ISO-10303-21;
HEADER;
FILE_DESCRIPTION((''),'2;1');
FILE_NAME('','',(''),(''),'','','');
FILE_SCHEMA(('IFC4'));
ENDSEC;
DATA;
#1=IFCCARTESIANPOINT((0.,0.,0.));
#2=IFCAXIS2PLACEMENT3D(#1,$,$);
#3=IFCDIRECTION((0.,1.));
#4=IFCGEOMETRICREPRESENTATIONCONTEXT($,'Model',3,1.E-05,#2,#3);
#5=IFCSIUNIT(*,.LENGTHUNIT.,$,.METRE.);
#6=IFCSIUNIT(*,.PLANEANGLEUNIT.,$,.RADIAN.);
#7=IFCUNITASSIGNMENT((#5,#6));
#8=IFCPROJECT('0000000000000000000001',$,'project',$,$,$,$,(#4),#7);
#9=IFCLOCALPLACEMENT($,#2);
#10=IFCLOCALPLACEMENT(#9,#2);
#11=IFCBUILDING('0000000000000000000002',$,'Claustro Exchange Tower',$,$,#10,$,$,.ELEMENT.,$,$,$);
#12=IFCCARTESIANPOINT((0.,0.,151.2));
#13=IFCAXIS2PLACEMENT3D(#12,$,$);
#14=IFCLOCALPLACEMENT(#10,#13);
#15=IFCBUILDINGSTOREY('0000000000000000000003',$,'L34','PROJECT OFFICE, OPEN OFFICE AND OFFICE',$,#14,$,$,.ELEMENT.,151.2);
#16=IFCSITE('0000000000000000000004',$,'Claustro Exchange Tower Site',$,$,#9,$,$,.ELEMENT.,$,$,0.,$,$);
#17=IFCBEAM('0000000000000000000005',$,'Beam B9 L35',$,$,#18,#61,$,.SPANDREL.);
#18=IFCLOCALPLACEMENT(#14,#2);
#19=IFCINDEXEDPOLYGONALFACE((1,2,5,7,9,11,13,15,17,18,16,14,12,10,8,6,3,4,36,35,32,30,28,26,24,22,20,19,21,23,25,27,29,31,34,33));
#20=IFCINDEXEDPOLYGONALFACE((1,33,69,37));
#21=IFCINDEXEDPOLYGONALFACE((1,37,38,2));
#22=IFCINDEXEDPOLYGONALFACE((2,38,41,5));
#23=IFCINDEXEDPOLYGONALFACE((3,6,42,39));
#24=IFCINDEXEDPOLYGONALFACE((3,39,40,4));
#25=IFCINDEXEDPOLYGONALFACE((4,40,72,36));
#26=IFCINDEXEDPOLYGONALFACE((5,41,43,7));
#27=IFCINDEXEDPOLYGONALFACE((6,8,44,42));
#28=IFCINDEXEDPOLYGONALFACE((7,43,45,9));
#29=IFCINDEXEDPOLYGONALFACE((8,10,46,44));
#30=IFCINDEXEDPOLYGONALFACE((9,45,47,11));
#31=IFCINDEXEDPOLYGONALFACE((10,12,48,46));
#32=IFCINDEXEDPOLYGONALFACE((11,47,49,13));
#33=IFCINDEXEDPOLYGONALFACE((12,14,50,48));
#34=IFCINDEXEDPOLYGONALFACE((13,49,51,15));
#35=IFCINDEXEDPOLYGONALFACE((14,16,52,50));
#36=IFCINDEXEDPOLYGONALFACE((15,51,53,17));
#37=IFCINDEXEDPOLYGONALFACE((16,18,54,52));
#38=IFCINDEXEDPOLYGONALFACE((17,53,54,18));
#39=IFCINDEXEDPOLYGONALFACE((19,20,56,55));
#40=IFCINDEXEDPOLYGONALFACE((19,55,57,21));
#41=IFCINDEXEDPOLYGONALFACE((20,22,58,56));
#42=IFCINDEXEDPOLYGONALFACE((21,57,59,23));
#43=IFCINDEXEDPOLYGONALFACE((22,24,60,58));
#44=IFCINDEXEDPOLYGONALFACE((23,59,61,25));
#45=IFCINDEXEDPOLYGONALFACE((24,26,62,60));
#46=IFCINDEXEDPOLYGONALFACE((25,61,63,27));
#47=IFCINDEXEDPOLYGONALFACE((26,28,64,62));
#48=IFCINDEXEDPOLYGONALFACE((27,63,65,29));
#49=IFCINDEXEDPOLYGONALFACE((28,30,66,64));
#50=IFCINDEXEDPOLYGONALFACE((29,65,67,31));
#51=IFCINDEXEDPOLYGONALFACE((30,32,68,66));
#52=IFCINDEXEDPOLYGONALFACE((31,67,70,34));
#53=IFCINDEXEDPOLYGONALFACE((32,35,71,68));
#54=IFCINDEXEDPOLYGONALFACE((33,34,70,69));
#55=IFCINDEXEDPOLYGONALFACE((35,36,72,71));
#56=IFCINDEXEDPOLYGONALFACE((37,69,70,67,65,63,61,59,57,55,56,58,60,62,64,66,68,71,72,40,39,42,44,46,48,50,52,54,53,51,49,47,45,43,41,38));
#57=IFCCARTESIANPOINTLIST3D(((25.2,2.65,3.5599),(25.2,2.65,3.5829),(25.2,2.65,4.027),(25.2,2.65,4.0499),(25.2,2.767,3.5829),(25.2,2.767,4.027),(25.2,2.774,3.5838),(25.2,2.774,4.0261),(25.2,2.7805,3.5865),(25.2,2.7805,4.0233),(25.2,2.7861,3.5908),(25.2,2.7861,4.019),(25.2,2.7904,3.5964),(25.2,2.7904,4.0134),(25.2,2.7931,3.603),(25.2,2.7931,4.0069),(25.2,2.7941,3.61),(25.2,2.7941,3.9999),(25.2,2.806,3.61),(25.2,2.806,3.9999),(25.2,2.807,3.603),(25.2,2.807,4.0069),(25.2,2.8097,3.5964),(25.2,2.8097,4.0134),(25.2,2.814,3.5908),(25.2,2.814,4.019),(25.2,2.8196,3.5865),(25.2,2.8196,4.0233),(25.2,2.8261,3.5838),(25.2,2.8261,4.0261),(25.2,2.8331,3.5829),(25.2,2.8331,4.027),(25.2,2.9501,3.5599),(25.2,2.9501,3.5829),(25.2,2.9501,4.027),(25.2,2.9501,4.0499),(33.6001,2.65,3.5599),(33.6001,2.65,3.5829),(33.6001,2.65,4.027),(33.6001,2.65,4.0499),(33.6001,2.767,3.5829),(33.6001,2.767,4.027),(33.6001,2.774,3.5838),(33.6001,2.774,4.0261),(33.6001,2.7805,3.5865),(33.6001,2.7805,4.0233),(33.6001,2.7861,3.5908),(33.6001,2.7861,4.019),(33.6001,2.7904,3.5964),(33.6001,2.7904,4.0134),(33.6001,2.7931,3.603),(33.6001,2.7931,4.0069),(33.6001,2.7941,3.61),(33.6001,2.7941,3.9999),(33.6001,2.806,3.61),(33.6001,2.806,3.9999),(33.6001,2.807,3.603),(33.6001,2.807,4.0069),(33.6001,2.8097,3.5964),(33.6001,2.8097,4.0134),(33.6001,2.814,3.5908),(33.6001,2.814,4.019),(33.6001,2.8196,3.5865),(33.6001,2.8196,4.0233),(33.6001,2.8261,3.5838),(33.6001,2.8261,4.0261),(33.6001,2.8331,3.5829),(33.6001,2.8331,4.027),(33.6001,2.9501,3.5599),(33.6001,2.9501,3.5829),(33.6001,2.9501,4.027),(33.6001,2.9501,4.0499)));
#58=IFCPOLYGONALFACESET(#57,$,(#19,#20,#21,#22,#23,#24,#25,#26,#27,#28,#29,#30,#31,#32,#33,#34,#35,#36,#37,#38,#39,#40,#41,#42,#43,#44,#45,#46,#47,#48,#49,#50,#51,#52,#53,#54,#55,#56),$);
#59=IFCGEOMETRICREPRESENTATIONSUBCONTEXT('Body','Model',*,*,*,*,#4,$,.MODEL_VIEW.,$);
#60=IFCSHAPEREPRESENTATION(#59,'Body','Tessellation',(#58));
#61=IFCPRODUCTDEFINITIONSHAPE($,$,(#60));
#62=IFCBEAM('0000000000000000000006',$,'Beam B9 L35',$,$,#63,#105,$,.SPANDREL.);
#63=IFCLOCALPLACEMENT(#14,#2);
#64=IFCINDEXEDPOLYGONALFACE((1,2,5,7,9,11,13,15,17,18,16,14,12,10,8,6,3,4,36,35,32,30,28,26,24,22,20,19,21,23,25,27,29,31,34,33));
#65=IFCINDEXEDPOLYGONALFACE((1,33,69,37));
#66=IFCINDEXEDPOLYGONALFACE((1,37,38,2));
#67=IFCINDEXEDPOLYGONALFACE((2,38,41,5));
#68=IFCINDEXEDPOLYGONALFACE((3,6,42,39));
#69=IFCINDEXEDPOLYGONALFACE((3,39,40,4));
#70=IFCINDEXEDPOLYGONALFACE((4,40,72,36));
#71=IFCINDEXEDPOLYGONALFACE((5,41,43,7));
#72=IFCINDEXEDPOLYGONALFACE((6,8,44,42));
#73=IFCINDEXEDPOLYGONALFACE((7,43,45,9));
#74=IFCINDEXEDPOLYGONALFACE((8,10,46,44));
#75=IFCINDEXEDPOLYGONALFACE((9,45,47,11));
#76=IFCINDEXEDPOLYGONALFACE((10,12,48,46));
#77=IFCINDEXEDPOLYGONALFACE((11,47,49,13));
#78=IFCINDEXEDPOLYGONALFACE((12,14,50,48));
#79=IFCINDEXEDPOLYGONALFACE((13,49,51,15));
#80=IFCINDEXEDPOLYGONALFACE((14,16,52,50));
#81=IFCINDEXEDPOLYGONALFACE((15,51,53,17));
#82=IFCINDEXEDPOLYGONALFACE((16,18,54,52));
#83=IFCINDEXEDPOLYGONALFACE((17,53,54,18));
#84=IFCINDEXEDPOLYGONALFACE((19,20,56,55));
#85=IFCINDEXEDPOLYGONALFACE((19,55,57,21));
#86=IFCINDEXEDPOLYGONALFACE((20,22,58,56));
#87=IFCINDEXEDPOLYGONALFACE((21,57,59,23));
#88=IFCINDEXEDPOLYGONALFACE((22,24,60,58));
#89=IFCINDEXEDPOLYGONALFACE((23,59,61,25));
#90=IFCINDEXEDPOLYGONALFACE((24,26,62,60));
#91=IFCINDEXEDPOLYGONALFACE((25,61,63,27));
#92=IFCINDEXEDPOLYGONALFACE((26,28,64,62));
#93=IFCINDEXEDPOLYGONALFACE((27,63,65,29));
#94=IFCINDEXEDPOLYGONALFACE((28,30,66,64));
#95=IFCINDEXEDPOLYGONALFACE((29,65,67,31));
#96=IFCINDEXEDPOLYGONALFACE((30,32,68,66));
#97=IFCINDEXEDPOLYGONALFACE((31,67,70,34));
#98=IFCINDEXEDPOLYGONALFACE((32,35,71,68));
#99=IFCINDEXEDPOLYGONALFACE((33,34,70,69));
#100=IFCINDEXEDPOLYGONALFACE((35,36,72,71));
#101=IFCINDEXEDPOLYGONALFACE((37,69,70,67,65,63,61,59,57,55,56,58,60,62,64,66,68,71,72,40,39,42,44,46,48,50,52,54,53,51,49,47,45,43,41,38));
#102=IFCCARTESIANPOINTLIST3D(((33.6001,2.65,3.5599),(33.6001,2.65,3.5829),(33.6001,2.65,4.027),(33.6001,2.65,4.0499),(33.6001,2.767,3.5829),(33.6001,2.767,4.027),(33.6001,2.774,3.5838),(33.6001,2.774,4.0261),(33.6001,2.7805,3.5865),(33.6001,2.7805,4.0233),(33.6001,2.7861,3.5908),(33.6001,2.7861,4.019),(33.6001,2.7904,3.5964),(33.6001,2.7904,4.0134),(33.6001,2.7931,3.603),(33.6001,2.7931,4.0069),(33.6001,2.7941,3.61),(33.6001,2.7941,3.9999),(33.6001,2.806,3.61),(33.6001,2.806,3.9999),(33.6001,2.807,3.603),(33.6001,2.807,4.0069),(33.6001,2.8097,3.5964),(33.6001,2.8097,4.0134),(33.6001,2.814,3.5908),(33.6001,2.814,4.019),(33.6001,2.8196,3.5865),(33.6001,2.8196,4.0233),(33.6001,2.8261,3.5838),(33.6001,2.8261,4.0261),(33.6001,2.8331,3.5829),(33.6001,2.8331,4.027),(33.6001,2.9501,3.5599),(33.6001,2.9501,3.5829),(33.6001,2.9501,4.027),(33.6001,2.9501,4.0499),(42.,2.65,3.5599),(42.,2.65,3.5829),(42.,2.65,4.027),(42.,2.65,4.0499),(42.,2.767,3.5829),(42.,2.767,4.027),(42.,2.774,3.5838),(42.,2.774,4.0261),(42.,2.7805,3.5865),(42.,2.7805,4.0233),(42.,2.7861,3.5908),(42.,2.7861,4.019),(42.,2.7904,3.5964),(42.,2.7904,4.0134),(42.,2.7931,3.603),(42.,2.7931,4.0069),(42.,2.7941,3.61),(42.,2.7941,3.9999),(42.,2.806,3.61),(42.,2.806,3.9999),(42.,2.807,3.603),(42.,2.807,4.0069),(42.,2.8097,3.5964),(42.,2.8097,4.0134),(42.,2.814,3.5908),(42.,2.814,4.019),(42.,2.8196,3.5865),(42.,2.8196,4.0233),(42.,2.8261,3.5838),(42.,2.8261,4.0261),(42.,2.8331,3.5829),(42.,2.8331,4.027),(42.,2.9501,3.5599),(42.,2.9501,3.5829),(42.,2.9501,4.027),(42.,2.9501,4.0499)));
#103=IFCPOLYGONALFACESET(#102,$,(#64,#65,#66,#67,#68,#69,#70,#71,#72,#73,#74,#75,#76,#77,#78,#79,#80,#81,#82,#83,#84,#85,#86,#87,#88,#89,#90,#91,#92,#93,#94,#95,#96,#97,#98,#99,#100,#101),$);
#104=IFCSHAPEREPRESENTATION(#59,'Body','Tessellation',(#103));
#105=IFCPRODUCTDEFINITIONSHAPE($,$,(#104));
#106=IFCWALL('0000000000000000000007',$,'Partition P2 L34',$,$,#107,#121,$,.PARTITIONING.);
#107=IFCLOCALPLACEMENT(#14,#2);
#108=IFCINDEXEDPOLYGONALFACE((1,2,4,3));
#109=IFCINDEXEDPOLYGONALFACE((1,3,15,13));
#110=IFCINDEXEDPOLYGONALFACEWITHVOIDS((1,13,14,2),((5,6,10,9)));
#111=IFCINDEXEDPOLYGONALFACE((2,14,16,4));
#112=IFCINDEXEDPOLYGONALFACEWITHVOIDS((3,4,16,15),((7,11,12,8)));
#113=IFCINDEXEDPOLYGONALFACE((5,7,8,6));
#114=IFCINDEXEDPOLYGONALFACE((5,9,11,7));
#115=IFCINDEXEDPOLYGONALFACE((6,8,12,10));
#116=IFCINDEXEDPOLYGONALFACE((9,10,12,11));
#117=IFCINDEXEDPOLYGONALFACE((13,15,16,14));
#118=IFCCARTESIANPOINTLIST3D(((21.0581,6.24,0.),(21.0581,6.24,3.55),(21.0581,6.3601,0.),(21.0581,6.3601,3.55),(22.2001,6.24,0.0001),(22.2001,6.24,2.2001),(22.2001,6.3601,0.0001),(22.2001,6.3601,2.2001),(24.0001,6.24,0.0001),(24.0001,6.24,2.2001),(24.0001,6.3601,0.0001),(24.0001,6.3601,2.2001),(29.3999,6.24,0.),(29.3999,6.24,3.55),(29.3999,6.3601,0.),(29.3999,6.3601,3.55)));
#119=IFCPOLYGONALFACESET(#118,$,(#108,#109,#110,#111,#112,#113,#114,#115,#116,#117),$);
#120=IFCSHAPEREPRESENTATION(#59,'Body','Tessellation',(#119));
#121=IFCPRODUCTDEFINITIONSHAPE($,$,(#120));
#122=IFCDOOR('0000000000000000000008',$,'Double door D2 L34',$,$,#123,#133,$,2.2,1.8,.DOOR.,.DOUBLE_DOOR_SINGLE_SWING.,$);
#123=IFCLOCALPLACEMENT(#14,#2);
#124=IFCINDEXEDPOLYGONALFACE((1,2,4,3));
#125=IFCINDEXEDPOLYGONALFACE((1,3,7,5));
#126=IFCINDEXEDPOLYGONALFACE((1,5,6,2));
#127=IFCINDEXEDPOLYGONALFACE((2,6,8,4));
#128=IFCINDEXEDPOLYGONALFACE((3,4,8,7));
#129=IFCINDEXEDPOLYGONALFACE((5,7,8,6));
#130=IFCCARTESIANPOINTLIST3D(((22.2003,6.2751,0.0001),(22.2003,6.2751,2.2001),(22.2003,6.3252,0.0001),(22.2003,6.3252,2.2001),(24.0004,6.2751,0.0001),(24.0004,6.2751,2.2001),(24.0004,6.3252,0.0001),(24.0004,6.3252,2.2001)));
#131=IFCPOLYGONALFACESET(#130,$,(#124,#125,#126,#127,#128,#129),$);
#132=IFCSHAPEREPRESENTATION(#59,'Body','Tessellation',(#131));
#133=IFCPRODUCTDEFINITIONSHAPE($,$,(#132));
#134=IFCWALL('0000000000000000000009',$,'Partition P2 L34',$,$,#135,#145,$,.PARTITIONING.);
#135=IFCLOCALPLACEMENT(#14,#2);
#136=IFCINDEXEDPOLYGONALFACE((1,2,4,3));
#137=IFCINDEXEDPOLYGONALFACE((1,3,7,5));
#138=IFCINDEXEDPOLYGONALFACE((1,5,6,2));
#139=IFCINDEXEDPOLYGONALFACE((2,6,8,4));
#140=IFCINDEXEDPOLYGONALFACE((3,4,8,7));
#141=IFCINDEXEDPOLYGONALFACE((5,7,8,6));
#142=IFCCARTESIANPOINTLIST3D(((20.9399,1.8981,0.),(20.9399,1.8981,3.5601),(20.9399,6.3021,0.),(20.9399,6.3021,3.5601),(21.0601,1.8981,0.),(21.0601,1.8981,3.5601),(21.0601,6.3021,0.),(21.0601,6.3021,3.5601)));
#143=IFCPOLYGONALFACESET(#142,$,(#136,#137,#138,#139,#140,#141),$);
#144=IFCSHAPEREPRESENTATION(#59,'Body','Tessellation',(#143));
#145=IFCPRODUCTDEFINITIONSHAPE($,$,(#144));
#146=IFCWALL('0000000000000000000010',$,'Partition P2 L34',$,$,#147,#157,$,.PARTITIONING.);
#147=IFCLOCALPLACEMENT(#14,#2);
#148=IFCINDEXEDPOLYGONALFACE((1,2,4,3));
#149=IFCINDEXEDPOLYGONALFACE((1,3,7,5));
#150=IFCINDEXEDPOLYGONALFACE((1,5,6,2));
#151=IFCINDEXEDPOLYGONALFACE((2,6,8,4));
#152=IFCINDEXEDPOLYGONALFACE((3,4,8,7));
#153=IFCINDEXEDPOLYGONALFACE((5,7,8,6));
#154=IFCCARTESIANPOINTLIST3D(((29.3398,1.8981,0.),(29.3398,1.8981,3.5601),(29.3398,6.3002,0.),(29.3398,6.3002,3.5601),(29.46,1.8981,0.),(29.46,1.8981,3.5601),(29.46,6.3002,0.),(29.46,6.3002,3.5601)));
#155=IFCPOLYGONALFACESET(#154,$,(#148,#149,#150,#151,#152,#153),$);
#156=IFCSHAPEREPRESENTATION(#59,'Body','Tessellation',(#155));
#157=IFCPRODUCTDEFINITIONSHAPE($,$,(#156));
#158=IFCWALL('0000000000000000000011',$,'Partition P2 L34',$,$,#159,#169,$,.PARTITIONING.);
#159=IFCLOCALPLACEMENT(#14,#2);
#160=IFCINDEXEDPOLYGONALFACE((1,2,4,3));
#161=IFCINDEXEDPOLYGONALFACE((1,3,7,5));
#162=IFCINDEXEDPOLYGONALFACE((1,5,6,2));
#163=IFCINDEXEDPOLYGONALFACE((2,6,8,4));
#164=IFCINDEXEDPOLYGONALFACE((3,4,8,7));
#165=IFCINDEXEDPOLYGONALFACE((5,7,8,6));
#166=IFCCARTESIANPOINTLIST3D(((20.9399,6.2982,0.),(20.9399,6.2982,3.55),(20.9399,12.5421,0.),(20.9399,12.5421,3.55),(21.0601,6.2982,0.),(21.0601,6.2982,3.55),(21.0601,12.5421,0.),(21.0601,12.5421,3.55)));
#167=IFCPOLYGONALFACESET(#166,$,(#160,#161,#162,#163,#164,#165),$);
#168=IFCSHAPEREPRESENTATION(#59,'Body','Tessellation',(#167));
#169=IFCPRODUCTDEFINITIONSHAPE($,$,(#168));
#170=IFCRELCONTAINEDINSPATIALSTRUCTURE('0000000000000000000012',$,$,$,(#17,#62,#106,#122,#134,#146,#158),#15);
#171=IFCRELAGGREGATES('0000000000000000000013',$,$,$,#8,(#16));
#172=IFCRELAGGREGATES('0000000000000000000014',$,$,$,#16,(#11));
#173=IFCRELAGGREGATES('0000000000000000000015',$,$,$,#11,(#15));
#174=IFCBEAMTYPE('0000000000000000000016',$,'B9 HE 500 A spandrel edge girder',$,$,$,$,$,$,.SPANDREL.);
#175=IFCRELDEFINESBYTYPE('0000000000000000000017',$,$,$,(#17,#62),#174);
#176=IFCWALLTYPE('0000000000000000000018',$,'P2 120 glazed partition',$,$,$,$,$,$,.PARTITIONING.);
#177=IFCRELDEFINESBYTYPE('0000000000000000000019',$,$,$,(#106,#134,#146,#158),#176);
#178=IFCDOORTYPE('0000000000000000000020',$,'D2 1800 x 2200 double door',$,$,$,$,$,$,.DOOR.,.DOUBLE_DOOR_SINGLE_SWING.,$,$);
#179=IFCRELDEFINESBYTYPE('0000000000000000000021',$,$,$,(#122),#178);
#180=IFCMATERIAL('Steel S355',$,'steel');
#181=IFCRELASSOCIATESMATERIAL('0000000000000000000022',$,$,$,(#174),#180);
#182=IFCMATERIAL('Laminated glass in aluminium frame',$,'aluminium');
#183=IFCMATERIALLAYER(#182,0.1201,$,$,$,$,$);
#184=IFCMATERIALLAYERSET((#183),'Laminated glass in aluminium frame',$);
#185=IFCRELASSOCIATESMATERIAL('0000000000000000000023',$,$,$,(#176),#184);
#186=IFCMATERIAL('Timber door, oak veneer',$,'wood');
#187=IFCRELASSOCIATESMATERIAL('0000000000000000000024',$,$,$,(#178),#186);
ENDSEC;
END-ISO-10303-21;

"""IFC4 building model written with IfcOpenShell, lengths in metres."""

from ifc_helpers import new_model, si_unit, direction, frame, frame_2d, origin, origin_2d, place, context, subcontext, project, spatial, rectangle, i_section, extrude, material, layer, layer_set, material_profile, profile_set, type_object, element, fill, save


model = new_model("IFC4")

# Units and contexts
model_context = context("Model", 3, precision=1e-05, world=origin(), true_north=direction((0.0, 1.0)))
body_context = subcontext(model_context, "Body", "Model", "MODEL_VIEW")
ifc_project = project(units=[si_unit("LENGTHUNIT", "METRE"), si_unit("PLANEANGLEUNIT", "RADIAN")], contexts=[model_context])

# Site, building, storey
site_placement = place(None, origin())
site = spatial("IfcSite", under=ifc_project, at=site_placement, Name="Claustro Exchange Tower Site", CompositionType="ELEMENT", RefElevation=0.0)
building_placement = place(site_placement, origin())
building = spatial("IfcBuilding", under=site, at=building_placement, Name="Claustro Exchange Tower", CompositionType="ELEMENT")
storey_placement = place(building_placement, frame((0.0, 0.0, 151.2)))
storey = spatial("IfcBuildingStorey", under=building, at=storey_placement, Name="L34", Description="PROJECT OFFICE, OPEN OFFICE AND OFFICE", CompositionType="ELEMENT", Elevation=151.2)

# Beams
ifc_material_1 = material(Name="Steel S355", Category="steel")
ifc_material_profile_1 = material_profile(ifc_material_1, i_section(OverallWidth=0.3, OverallDepth=0.49, WebThickness=0.012, FlangeThickness=0.0229, FilletRadius=0.0271, at=origin_2d()), Name="HE 500 A")
ifc_profile_set_1 = profile_set([ifc_material_profile_1], Name="Steel S355")
beam_type_1 = type_object("IfcBeamType", Name="B9 HE 500 A spandrel edge girder", PredefinedType="SPANDREL", material=ifc_profile_set_1)
beam_1_placement = place(storey_placement, frame((25.2, 2.8, 3.8049), z_axis=(1.0, 0.0, 0.0), x_axis=(0.0, 1.0, 0.0)))
element("IfcBeam", 1, at=beam_1_placement, inside=storey, type_object=beam_type_1, Name="Beam B9 L35", PredefinedType="SPANDREL", context=body_context, shape_type="SweptSolid", body=[
    extrude(i_section(OverallWidth=0.3, OverallDepth=0.49, WebThickness=0.012, FlangeThickness=0.0229, FilletRadius=0.0271, at=origin_2d()), origin(), (0.0, 0.0, 1.0), 8.4001),
])
beam_2_placement = place(storey_placement, frame((33.6001, 2.8, 3.8049), z_axis=(1.0, 0.0, 0.0), x_axis=(0.0, 1.0, 0.0)))
element("IfcBeam", 2, at=beam_2_placement, inside=storey, type_object=beam_type_1, Name="Beam B9 L35", PredefinedType="SPANDREL", context=body_context, shape_type="SweptSolid", body=[
    extrude(i_section(OverallWidth=0.3, OverallDepth=0.49, WebThickness=0.012, FlangeThickness=0.0229, FilletRadius=0.0271, at=origin_2d()), origin(), (0.0, 0.0, 1.0), 8.3999),
])

# Wall, opening, door
ifc_material_2 = material(Name="Laminated glass in aluminium frame", Category="aluminium")
ifc_layer_1 = layer(ifc_material_2, 0.1201)
ifc_layer_set_1 = layer_set([ifc_layer_1], Name="Laminated glass in aluminium frame")
wall_type_1 = type_object("IfcWallType", Name="P2 120 glazed partition", PredefinedType="PARTITIONING", material=ifc_layer_set_1)
wall_1_placement = place(storey_placement, frame((21.0581, 6.3, 0.0), z_axis=(0.0, 0.0, 1.0), x_axis=(1.0, 0.0, 0.0)))
wall_1 = element("IfcWall", 3, at=wall_1_placement, inside=storey, type_object=wall_type_1, Name="Partition P2 L34", PredefinedType="PARTITIONING", context=body_context, shape_type="SweptSolid", body=[
    extrude(rectangle(XDim=8.3418, YDim=0.1201, at=frame_2d((4.1709, 0.0))), origin(), (0.0, 0.0, 1.0), 3.55),
])
opening_1_placement = place(wall_1_placement, frame((1.1421, 0.0, 0.0)))
opening_1 = element("IfcOpeningElement", 4, at=opening_1_placement, cuts=wall_1, PredefinedType="OPENING", context=body_context, shape_type="SweptSolid", body=[
    extrude(rectangle(XDim=1.8, YDim=2.2, at=frame_2d((0.8999, 1.1001))), frame((0.0, 0.0701, 0.0), z_axis=(0.0, -1.0, 0.0), x_axis=(1.0, 0.0, 0.0)), (0.0, 0.0, 1.0), 0.1401),
])
ifc_material_3 = material(Name="Timber door, oak veneer", Category="wood")
door_type = type_object("IfcDoorType", Name="D2 1800 x 2200 double door", OperationType="DOUBLE_DOOR_SINGLE_SWING", PredefinedType="DOOR", material=ifc_material_3)
door_placement = place(opening_1_placement, frame((1.8, 0.0, 0.0), z_axis=(0.0, 0.0, 1.0), x_axis=(-1.0, 0.0, 0.0)))
door = element("IfcDoor", 5, at=door_placement, inside=storey, type_object=door_type, Name="Double door D2 L34", OperationType="DOUBLE_DOOR_SINGLE_SWING", OverallHeight=2.2, OverallWidth=1.8, PredefinedType="DOOR", context=body_context, shape_type="SweptSolid", body=[
    extrude(rectangle(XDim=1.8, YDim=2.2, at=frame_2d((0.8999, 1.1001))), frame((0.0, 0.0249, 0.0), z_axis=(0.0, -1.0, 0.0), x_axis=(1.0, 0.0, 0.0)), (0.0, 0.0, 1.0), 0.05),
])
fill(opening_1, door)

# Walls
wall_2_placement = place(storey_placement, frame((21.0, 1.8979, 0.0), z_axis=(0.0, 0.0, 1.0), x_axis=(0.0, 1.0, 0.0)))
element("IfcWall", 6, at=wall_2_placement, inside=storey, type_object=wall_type_1, Name="Partition P2 L34", PredefinedType="PARTITIONING", context=body_context, shape_type="SweptSolid", body=[
    extrude(rectangle(XDim=4.4041, YDim=0.1201, at=frame_2d((2.2021, 0.0))), origin(), (0.0, 0.0, 1.0), 3.5601),
])
wall_3_placement = place(storey_placement, frame((29.3999, 1.8979, 0.0), z_axis=(0.0, 0.0, 1.0), x_axis=(0.0, 1.0, 0.0)))
element("IfcWall", 7, at=wall_3_placement, inside=storey, type_object=wall_type_1, Name="Partition P2 L34", PredefinedType="PARTITIONING", context=body_context, shape_type="SweptSolid", body=[
    extrude(rectangle(XDim=4.4021, YDim=0.1201, at=frame_2d((2.2012, 0.0))), origin(), (0.0, 0.0, 1.0), 3.5601),
])
wall_4_placement = place(storey_placement, frame((21.0, 6.2981, 0.0), z_axis=(0.0, 0.0, 1.0), x_axis=(0.0, 1.0, 0.0)))
element("IfcWall", 8, at=wall_4_placement, inside=storey, type_object=wall_type_1, Name="Partition P2 L34", PredefinedType="PARTITIONING", context=body_context, shape_type="SweptSolid", body=[
    extrude(rectangle(XDim=6.2439, YDim=0.1201, at=frame_2d((3.1221, 0.0))), origin(), (0.0, 0.0, 1.0), 3.55),
])

save(model, "model.ifc")
